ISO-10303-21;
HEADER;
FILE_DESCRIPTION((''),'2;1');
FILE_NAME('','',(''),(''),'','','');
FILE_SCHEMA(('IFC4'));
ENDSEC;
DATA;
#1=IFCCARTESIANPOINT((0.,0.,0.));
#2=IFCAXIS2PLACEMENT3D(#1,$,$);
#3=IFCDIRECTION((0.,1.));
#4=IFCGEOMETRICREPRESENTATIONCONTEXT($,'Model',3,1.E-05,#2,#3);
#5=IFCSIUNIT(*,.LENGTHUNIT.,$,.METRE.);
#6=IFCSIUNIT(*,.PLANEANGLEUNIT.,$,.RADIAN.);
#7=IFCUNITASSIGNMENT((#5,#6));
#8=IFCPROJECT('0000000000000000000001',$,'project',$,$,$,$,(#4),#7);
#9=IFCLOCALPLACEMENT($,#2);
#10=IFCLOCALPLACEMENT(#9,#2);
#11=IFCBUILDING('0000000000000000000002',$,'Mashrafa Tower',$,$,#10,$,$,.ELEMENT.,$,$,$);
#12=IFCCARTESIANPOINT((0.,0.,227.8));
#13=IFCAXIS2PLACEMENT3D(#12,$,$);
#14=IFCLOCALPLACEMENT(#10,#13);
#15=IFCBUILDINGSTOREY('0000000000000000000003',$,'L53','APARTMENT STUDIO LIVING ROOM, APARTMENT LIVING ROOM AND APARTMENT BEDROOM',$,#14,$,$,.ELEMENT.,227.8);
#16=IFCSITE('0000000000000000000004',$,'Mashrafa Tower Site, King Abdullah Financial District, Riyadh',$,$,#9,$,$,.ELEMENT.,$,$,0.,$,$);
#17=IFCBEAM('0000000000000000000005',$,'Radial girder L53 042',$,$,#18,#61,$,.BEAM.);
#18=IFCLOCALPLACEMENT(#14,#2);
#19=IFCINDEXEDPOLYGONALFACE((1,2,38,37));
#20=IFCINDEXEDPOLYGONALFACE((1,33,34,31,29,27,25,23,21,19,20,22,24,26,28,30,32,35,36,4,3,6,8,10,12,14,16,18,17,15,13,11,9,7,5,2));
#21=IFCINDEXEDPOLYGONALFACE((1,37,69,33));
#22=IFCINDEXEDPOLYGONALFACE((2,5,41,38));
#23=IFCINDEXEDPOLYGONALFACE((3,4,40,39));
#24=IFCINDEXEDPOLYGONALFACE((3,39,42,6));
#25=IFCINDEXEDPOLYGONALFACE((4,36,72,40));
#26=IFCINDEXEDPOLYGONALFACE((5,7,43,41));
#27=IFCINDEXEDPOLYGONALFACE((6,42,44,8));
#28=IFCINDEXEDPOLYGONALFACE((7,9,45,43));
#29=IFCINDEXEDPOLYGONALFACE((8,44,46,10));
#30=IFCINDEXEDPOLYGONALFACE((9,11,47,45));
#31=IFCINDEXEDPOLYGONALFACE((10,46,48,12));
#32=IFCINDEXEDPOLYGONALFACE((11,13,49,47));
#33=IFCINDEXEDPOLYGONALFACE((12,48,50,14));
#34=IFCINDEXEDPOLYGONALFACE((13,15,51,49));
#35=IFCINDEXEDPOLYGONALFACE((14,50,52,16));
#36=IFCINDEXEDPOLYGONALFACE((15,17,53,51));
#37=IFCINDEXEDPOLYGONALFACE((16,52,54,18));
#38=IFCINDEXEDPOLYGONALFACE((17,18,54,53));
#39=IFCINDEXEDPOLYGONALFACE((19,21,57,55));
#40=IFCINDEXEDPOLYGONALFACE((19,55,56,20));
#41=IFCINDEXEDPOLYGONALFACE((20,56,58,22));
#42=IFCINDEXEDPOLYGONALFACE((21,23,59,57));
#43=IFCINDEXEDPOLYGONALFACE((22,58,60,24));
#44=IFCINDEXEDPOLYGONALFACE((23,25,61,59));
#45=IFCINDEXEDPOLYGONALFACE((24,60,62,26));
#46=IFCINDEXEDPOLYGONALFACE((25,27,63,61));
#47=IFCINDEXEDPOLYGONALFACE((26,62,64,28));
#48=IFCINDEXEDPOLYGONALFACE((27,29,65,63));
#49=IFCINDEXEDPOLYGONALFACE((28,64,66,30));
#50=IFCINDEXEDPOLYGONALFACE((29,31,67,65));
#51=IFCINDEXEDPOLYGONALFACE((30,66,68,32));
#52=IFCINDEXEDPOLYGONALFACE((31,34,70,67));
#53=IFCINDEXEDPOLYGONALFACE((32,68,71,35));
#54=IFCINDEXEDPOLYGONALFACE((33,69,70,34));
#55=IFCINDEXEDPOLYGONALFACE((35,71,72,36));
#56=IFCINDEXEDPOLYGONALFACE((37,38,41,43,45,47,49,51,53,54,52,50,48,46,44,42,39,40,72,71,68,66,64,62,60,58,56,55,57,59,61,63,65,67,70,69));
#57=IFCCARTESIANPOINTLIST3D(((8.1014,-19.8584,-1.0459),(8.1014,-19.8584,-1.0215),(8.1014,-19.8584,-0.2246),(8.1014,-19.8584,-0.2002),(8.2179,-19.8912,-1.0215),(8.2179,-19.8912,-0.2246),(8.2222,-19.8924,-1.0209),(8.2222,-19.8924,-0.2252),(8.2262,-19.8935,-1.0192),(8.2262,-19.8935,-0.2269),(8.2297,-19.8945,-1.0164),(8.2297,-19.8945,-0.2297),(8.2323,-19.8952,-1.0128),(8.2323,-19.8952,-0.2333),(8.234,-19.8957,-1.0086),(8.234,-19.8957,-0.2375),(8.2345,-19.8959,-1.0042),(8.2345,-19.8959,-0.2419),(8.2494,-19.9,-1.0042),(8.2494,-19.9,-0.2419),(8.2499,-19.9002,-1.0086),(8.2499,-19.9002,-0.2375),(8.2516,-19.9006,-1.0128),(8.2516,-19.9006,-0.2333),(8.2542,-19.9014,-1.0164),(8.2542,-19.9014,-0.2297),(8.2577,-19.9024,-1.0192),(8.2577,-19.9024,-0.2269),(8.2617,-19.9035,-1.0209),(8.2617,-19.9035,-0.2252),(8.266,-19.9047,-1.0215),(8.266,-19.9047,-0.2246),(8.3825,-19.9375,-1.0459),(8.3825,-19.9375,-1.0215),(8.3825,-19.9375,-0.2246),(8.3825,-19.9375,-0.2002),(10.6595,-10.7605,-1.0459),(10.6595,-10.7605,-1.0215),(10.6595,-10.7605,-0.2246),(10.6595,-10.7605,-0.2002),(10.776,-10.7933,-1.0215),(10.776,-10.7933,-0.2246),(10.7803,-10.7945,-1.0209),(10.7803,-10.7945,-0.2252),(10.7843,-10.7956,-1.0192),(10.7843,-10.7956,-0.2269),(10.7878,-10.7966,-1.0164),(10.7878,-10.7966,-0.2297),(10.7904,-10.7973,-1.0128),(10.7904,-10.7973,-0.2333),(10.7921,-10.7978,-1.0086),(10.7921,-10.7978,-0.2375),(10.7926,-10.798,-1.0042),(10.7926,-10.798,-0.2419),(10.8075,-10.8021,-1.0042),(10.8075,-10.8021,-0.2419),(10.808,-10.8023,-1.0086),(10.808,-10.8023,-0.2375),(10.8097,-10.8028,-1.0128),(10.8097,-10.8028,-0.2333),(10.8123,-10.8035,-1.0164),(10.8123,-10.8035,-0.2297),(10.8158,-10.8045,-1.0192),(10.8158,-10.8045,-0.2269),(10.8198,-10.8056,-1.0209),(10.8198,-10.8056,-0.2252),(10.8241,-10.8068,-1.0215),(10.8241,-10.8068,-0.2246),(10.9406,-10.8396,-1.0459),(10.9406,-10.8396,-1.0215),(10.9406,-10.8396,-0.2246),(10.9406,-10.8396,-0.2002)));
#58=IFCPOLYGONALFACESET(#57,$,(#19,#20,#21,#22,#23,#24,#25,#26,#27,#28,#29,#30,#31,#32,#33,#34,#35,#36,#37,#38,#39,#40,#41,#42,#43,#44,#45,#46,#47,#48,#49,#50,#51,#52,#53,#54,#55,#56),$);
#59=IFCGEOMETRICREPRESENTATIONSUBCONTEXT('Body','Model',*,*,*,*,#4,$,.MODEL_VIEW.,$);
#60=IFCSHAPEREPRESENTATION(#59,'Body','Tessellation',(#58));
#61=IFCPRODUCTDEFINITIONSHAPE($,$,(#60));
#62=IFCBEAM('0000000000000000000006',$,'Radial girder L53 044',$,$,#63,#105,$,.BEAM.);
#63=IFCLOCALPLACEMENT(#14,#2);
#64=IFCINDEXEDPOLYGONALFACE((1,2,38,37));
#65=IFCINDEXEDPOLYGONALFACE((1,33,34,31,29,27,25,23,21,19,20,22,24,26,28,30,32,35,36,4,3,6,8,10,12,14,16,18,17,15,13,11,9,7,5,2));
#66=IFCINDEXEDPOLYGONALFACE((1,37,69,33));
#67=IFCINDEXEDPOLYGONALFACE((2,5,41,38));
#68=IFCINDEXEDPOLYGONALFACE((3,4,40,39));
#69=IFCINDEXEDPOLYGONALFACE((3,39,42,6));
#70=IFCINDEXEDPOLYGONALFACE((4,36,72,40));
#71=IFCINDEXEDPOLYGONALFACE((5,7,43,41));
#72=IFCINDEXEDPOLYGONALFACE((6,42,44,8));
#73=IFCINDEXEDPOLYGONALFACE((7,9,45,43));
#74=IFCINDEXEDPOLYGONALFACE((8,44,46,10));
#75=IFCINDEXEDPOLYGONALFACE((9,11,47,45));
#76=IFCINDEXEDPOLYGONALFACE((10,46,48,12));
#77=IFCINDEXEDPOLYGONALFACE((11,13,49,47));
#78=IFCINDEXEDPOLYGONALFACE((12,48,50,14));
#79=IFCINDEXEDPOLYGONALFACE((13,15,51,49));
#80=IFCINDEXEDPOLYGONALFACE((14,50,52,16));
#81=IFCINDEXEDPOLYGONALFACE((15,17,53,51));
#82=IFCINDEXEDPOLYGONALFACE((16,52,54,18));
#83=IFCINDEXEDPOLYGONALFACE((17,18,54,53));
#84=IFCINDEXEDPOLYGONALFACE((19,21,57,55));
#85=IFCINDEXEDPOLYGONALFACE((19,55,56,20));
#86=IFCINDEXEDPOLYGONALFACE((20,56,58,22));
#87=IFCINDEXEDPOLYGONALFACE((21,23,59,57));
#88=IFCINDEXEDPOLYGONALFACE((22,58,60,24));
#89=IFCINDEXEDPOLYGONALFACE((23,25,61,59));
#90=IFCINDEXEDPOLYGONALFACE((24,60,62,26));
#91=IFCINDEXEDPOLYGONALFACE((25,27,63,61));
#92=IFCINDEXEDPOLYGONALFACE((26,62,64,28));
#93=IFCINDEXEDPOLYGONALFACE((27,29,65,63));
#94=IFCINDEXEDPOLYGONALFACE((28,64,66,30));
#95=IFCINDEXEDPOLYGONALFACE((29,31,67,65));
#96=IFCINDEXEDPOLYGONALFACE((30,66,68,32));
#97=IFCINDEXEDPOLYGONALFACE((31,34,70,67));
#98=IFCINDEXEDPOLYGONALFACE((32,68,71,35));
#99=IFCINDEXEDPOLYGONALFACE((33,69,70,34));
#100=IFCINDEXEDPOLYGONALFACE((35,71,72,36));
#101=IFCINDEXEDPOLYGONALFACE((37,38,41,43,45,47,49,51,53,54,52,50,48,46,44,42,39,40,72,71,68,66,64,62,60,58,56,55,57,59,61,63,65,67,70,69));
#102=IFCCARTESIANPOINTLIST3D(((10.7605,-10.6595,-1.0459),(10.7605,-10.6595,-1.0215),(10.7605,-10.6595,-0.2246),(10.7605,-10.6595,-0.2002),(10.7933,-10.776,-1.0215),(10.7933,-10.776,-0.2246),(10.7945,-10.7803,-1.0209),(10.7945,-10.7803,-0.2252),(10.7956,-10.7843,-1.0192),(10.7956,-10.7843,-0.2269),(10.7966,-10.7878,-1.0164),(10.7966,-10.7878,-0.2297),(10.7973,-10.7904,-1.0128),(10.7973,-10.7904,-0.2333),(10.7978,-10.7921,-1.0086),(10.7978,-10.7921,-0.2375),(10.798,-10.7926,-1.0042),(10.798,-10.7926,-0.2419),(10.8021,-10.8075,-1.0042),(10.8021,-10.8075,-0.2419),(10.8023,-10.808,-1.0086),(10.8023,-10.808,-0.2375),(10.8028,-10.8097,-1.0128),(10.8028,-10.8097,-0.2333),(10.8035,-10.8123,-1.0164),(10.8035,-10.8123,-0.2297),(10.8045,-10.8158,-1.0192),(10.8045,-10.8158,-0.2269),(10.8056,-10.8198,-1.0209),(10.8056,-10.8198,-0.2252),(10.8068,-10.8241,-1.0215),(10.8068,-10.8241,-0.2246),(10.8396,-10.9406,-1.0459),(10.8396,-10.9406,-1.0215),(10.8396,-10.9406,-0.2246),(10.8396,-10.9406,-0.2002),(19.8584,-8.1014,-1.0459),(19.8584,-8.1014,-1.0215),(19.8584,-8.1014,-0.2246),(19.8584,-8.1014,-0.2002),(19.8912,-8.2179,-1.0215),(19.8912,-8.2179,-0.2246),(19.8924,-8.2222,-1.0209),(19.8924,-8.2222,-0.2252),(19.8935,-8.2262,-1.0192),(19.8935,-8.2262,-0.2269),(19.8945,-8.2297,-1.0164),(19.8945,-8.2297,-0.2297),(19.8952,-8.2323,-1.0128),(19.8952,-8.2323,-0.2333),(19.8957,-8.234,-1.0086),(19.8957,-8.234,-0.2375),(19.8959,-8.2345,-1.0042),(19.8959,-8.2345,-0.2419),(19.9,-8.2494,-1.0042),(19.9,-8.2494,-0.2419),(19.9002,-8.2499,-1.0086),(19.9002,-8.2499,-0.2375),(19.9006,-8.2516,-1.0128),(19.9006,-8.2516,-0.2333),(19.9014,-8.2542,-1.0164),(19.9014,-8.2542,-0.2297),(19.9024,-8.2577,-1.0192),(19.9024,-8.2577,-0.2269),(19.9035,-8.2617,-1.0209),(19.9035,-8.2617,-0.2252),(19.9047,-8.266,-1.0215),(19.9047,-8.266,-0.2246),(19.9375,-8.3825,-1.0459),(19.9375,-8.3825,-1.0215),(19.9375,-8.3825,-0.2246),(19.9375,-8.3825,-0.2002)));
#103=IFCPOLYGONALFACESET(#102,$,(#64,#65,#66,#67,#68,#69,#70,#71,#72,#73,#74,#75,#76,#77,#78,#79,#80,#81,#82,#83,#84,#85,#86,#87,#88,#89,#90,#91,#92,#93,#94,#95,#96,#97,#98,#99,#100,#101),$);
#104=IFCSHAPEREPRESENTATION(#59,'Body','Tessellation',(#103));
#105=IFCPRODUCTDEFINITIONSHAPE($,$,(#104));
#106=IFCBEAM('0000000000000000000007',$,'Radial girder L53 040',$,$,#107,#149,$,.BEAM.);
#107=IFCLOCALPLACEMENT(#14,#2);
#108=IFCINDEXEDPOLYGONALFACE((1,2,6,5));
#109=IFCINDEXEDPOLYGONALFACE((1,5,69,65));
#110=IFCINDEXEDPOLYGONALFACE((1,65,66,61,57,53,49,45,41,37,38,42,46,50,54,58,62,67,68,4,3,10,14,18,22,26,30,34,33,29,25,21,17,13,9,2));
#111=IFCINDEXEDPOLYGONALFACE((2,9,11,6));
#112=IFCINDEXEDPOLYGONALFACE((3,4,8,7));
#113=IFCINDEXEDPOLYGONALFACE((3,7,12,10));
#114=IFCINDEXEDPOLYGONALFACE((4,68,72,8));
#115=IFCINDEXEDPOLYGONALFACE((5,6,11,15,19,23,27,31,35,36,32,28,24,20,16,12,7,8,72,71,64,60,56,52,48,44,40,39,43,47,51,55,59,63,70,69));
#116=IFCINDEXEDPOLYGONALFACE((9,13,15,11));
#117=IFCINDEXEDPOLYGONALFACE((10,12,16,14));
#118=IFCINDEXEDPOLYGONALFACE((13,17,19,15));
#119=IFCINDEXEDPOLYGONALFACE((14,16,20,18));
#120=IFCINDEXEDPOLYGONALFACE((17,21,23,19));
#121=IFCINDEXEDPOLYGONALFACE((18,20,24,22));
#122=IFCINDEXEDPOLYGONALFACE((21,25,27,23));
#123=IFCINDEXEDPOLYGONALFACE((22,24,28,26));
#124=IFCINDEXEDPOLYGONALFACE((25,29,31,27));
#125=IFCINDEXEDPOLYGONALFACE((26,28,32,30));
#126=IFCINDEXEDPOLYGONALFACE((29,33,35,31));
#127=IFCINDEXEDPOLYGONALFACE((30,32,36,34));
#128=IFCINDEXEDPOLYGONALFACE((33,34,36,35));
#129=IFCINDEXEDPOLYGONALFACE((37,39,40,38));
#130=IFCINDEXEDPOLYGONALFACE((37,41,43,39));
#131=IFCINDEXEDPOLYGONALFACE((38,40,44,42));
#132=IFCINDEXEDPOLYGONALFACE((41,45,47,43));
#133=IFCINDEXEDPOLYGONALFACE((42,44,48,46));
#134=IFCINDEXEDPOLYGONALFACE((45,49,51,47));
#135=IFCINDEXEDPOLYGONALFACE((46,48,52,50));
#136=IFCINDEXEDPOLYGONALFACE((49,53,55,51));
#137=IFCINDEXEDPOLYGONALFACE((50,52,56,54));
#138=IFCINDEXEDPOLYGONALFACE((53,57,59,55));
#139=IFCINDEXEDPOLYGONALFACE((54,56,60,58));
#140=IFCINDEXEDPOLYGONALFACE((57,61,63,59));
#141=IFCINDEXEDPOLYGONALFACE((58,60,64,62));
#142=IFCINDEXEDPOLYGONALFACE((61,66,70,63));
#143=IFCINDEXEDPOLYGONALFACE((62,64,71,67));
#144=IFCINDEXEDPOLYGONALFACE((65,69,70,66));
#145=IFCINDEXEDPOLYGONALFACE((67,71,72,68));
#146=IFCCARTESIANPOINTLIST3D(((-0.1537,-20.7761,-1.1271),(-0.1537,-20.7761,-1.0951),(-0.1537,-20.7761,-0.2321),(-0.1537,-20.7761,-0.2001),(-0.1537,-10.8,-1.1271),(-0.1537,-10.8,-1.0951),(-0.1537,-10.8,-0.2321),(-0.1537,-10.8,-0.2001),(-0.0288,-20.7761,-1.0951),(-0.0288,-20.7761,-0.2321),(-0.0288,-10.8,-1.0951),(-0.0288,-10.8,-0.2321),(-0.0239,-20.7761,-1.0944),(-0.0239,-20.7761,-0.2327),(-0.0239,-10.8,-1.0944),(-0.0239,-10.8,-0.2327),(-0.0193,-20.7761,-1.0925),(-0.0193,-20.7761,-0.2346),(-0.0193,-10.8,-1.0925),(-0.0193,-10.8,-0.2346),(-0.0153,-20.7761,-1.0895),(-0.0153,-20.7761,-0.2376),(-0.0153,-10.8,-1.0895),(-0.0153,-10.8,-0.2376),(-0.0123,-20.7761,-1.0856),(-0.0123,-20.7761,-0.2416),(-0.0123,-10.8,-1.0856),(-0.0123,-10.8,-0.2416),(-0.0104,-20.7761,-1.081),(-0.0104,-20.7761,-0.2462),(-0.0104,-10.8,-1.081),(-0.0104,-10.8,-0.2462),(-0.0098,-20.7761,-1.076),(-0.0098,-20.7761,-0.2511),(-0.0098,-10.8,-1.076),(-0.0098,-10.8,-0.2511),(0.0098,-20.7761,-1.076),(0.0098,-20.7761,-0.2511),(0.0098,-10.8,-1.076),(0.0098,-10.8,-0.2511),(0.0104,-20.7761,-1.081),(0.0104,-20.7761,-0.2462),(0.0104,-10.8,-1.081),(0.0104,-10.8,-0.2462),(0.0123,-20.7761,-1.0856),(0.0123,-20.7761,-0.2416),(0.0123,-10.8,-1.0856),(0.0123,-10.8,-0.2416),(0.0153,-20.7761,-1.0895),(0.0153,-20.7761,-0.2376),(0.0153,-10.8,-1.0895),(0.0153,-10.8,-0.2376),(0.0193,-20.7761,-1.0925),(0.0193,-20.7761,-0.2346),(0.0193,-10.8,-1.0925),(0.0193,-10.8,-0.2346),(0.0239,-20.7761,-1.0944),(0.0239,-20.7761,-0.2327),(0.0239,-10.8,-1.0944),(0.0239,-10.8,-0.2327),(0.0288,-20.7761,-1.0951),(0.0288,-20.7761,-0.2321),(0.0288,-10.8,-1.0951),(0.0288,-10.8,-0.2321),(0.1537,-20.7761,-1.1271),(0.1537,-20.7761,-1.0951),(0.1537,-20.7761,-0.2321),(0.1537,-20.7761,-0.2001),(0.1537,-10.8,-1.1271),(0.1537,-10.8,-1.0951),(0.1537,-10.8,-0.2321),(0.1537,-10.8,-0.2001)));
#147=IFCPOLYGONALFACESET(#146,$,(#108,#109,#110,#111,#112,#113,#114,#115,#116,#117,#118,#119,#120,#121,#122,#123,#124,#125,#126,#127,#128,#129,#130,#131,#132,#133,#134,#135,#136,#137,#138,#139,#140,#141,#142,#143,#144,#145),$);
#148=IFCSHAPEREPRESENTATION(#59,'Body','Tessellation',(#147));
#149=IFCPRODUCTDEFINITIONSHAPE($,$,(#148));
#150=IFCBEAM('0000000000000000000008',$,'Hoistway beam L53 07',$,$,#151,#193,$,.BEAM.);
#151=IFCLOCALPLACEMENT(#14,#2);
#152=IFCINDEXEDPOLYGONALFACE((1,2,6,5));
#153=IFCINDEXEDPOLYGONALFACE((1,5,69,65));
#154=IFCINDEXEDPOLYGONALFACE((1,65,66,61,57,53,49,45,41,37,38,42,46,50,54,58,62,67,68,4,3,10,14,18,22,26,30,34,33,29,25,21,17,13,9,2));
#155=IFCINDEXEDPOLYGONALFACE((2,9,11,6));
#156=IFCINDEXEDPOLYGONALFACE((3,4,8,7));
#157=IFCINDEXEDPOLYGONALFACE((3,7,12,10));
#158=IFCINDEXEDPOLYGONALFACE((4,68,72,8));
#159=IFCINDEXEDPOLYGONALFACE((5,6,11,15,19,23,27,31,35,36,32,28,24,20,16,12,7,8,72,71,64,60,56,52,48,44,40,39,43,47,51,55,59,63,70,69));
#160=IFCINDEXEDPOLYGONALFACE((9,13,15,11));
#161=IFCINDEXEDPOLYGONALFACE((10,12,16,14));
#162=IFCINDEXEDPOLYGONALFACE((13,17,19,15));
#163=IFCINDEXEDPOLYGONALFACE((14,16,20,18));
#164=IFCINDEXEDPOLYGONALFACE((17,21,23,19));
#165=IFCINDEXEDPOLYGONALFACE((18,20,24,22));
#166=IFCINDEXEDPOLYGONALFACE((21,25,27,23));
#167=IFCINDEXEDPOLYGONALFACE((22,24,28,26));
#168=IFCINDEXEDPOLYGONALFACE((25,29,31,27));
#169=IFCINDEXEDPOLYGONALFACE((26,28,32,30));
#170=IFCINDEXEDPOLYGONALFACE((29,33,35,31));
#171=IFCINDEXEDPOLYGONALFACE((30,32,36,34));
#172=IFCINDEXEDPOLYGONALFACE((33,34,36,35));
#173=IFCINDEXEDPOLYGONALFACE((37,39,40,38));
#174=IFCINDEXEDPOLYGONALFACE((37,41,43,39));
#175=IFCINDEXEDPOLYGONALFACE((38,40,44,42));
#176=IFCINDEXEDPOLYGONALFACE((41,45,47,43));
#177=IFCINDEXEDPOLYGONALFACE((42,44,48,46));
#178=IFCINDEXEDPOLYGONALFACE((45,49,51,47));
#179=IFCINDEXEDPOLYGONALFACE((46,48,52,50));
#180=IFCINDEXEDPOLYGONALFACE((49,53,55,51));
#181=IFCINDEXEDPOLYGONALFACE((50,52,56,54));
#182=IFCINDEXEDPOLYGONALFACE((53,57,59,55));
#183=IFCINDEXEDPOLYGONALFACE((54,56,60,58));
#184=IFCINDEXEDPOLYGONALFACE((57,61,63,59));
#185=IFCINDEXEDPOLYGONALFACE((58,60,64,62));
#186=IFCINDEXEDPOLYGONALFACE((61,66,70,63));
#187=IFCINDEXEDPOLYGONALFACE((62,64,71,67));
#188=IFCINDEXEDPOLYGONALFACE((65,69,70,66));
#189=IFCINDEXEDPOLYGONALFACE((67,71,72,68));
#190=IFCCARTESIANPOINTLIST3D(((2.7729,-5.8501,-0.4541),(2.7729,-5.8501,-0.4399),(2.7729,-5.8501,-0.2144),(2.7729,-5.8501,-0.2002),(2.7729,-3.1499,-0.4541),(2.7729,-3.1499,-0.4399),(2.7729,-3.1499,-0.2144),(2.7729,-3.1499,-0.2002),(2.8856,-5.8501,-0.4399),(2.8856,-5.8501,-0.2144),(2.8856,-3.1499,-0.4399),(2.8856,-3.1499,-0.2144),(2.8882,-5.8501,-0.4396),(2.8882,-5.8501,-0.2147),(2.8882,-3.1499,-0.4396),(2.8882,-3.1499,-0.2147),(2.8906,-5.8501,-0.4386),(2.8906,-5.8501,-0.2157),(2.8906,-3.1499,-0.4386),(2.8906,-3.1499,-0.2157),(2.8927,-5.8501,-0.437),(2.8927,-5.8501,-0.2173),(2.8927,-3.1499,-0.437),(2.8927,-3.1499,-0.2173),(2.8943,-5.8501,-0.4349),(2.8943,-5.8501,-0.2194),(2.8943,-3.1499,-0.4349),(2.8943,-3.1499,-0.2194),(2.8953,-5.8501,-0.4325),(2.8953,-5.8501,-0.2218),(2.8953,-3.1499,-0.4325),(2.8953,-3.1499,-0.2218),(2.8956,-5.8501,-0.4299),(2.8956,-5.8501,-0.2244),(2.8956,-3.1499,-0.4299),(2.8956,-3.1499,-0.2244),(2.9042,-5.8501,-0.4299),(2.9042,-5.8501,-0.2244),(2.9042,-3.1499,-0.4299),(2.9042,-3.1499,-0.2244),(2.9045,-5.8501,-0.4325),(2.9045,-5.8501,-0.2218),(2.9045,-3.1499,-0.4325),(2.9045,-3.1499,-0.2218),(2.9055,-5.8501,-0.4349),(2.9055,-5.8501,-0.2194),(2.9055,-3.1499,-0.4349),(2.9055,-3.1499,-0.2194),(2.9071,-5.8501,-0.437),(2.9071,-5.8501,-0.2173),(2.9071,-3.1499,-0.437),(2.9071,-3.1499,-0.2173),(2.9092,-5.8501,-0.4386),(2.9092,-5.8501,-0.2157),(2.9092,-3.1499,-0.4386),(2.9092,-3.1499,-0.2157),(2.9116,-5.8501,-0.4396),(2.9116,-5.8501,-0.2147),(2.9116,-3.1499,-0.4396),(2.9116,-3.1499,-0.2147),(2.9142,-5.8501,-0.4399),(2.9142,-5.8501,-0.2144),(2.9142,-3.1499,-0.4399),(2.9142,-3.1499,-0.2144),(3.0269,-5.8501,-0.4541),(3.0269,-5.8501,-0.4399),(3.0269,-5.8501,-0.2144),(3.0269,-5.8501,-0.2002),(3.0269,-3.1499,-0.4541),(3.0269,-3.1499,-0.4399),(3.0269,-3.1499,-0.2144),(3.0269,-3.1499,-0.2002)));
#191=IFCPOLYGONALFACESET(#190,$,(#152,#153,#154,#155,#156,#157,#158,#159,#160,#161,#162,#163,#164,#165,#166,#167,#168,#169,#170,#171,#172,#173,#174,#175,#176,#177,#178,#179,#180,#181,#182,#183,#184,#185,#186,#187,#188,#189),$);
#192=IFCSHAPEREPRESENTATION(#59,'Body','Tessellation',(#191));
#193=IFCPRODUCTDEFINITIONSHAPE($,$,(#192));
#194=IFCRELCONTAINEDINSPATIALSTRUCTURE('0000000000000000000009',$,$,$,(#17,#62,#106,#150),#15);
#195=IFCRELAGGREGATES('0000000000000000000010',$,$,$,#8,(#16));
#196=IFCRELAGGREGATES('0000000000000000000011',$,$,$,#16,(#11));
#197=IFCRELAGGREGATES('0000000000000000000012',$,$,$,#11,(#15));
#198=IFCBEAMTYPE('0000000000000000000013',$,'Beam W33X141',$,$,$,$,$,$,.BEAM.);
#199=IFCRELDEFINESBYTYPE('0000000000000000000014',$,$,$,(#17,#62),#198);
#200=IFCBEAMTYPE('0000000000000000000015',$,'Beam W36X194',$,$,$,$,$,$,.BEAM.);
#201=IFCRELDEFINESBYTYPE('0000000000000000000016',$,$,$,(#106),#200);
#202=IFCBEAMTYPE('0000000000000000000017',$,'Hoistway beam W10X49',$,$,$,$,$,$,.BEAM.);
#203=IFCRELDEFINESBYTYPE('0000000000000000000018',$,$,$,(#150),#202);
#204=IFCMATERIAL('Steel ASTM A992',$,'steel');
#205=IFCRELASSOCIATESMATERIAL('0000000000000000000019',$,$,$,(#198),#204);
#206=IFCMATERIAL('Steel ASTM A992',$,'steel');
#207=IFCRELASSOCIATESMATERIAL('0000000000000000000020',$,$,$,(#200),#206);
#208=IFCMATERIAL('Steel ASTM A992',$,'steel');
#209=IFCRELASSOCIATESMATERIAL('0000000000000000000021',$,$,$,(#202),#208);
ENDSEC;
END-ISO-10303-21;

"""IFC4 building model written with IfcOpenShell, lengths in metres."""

from ifc_helpers import new_model, si_unit, direction, frame, origin, origin_2d, place, context, subcontext, project, spatial, i_section, extrude, material, material_profile, profile_set, type_object, element, save


model = new_model("IFC4")

# Units and contexts
model_context = context("Model", 3, precision=1e-05, world=origin(), true_north=direction((0.0, 1.0)))
body_context = subcontext(model_context, "Body", "Model", "MODEL_VIEW")
ifc_project = project(units=[si_unit("LENGTHUNIT", "METRE"), si_unit("PLANEANGLEUNIT", "RADIAN")], contexts=[model_context])

# Site, building, storey
site_placement = place(None, origin())
site = spatial("IfcSite", under=ifc_project, at=site_placement, Name="Mashrafa Tower Site, King Abdullah Financial District, Riyadh", CompositionType="ELEMENT", RefElevation=0.0)
building_placement = place(site_placement, origin())
building = spatial("IfcBuilding", under=site, at=building_placement, Name="Mashrafa Tower", CompositionType="ELEMENT")
storey_placement = place(building_placement, frame((0.0, 0.0, 227.8)))
storey = spatial("IfcBuildingStorey", under=building, at=storey_placement, Name="L53", Description="APARTMENT STUDIO LIVING ROOM, APARTMENT LIVING ROOM AND APARTMENT BEDROOM", CompositionType="ELEMENT", Elevation=227.8)

# Beams
ifc_material_1 = material(Name="Steel ASTM A992", Category="steel")
ifc_material_profile_1 = material_profile(ifc_material_1, i_section(OverallWidth=0.292, OverallDepth=0.8457, WebThickness=0.0154, FlangeThickness=0.0244, FilletRadius=0.0173, at=origin_2d()), Name="W33X141")
ifc_profile_set_1 = profile_set([ifc_material_profile_1], Name="Steel ASTM A992")
beam_type_1 = type_object("IfcBeamType", Name="Beam W33X141", PredefinedType="BEAM", material=ifc_profile_set_1)
for number, where, z_axis, x_axis, name in (
    (1, (10.8, -10.8, -0.623), (-0.270679, -0.96267, 0.0), (0.96267, -0.270679, 0.0), "Radial girder L53 042"),
    (2, (10.8, -10.8, -0.623), (0.96267, 0.270679, 0.0), (-0.270679, 0.96267, 0.0), "Radial girder L53 044"),
):
    element("IfcBeam", number, at=place(storey_placement, frame(where, z_axis=z_axis, x_axis=x_axis)), inside=storey, type_object=beam_type_1, Name=name, PredefinedType="BEAM", context=body_context, shape_type="SweptSolid", body=[
        extrude(i_section(OverallWidth=0.292, OverallDepth=0.8457, WebThickness=0.0154, FlangeThickness=0.0244, FilletRadius=0.0173, at=origin_2d()), origin(), (0.0, 0.0, 1.0), 9.4507),
    ])
ifc_material_2 = material(Name="Steel ASTM A992", Category="steel")
ifc_material_profile_2 = material_profile(ifc_material_2, i_section(OverallWidth=0.3074, OverallDepth=0.927, WebThickness=0.0195, FlangeThickness=0.032, FilletRadius=0.019, at=origin_2d()), Name="W36X194")
ifc_profile_set_2 = profile_set([ifc_material_profile_2], Name="Steel ASTM A992")
beam_type_2 = type_object("IfcBeamType", Name="Beam W36X194", PredefinedType="BEAM", material=ifc_profile_set_2)
beam_1_placement = place(storey_placement, frame((0.0, -10.8, -0.6636), z_axis=(0.0, -1.0, 0.0), x_axis=(1.0, 0.0, 0.0)))
element("IfcBeam", 3, at=beam_1_placement, inside=storey, type_object=beam_type_2, Name="Radial girder L53 040", PredefinedType="BEAM", context=body_context, shape_type="SweptSolid", body=[
    extrude(i_section(OverallWidth=0.3074, OverallDepth=0.927, WebThickness=0.0195, FlangeThickness=0.032, FilletRadius=0.019, at=origin_2d()), origin(), (0.0, 0.0, 1.0), 9.9761),
])
ifc_material_3 = material(Name="Steel ASTM A992", Category="steel")
ifc_material_profile_3 = material_profile(ifc_material_3, i_section(OverallWidth=0.2539, OverallDepth=0.2539, WebThickness=0.0085, FlangeThickness=0.0142, FilletRadius=0.01, at=origin_2d()), Name="W10X49")
ifc_profile_set_3 = profile_set([ifc_material_profile_3], Name="Steel ASTM A992")
beam_type_3 = type_object("IfcBeamType", Name="Hoistway beam W10X49", PredefinedType="BEAM", material=ifc_profile_set_3)
beam_2_placement = place(storey_placement, frame((2.8999, -5.8501, -0.3271), z_axis=(0.0, 1.0, 0.0), x_axis=(-1.0, 0.0, 0.0)))
element("IfcBeam", 4, at=beam_2_placement, inside=storey, type_object=beam_type_3, Name="Hoistway beam L53 07", PredefinedType="BEAM", context=body_context, shape_type="SweptSolid", body=[
    extrude(i_section(OverallWidth=0.2539, OverallDepth=0.2539, WebThickness=0.0085, FlangeThickness=0.0142, FilletRadius=0.01, at=origin_2d()), origin(), (0.0, 0.0, 1.0), 2.7002),
])

save(model, "model.ifc")
